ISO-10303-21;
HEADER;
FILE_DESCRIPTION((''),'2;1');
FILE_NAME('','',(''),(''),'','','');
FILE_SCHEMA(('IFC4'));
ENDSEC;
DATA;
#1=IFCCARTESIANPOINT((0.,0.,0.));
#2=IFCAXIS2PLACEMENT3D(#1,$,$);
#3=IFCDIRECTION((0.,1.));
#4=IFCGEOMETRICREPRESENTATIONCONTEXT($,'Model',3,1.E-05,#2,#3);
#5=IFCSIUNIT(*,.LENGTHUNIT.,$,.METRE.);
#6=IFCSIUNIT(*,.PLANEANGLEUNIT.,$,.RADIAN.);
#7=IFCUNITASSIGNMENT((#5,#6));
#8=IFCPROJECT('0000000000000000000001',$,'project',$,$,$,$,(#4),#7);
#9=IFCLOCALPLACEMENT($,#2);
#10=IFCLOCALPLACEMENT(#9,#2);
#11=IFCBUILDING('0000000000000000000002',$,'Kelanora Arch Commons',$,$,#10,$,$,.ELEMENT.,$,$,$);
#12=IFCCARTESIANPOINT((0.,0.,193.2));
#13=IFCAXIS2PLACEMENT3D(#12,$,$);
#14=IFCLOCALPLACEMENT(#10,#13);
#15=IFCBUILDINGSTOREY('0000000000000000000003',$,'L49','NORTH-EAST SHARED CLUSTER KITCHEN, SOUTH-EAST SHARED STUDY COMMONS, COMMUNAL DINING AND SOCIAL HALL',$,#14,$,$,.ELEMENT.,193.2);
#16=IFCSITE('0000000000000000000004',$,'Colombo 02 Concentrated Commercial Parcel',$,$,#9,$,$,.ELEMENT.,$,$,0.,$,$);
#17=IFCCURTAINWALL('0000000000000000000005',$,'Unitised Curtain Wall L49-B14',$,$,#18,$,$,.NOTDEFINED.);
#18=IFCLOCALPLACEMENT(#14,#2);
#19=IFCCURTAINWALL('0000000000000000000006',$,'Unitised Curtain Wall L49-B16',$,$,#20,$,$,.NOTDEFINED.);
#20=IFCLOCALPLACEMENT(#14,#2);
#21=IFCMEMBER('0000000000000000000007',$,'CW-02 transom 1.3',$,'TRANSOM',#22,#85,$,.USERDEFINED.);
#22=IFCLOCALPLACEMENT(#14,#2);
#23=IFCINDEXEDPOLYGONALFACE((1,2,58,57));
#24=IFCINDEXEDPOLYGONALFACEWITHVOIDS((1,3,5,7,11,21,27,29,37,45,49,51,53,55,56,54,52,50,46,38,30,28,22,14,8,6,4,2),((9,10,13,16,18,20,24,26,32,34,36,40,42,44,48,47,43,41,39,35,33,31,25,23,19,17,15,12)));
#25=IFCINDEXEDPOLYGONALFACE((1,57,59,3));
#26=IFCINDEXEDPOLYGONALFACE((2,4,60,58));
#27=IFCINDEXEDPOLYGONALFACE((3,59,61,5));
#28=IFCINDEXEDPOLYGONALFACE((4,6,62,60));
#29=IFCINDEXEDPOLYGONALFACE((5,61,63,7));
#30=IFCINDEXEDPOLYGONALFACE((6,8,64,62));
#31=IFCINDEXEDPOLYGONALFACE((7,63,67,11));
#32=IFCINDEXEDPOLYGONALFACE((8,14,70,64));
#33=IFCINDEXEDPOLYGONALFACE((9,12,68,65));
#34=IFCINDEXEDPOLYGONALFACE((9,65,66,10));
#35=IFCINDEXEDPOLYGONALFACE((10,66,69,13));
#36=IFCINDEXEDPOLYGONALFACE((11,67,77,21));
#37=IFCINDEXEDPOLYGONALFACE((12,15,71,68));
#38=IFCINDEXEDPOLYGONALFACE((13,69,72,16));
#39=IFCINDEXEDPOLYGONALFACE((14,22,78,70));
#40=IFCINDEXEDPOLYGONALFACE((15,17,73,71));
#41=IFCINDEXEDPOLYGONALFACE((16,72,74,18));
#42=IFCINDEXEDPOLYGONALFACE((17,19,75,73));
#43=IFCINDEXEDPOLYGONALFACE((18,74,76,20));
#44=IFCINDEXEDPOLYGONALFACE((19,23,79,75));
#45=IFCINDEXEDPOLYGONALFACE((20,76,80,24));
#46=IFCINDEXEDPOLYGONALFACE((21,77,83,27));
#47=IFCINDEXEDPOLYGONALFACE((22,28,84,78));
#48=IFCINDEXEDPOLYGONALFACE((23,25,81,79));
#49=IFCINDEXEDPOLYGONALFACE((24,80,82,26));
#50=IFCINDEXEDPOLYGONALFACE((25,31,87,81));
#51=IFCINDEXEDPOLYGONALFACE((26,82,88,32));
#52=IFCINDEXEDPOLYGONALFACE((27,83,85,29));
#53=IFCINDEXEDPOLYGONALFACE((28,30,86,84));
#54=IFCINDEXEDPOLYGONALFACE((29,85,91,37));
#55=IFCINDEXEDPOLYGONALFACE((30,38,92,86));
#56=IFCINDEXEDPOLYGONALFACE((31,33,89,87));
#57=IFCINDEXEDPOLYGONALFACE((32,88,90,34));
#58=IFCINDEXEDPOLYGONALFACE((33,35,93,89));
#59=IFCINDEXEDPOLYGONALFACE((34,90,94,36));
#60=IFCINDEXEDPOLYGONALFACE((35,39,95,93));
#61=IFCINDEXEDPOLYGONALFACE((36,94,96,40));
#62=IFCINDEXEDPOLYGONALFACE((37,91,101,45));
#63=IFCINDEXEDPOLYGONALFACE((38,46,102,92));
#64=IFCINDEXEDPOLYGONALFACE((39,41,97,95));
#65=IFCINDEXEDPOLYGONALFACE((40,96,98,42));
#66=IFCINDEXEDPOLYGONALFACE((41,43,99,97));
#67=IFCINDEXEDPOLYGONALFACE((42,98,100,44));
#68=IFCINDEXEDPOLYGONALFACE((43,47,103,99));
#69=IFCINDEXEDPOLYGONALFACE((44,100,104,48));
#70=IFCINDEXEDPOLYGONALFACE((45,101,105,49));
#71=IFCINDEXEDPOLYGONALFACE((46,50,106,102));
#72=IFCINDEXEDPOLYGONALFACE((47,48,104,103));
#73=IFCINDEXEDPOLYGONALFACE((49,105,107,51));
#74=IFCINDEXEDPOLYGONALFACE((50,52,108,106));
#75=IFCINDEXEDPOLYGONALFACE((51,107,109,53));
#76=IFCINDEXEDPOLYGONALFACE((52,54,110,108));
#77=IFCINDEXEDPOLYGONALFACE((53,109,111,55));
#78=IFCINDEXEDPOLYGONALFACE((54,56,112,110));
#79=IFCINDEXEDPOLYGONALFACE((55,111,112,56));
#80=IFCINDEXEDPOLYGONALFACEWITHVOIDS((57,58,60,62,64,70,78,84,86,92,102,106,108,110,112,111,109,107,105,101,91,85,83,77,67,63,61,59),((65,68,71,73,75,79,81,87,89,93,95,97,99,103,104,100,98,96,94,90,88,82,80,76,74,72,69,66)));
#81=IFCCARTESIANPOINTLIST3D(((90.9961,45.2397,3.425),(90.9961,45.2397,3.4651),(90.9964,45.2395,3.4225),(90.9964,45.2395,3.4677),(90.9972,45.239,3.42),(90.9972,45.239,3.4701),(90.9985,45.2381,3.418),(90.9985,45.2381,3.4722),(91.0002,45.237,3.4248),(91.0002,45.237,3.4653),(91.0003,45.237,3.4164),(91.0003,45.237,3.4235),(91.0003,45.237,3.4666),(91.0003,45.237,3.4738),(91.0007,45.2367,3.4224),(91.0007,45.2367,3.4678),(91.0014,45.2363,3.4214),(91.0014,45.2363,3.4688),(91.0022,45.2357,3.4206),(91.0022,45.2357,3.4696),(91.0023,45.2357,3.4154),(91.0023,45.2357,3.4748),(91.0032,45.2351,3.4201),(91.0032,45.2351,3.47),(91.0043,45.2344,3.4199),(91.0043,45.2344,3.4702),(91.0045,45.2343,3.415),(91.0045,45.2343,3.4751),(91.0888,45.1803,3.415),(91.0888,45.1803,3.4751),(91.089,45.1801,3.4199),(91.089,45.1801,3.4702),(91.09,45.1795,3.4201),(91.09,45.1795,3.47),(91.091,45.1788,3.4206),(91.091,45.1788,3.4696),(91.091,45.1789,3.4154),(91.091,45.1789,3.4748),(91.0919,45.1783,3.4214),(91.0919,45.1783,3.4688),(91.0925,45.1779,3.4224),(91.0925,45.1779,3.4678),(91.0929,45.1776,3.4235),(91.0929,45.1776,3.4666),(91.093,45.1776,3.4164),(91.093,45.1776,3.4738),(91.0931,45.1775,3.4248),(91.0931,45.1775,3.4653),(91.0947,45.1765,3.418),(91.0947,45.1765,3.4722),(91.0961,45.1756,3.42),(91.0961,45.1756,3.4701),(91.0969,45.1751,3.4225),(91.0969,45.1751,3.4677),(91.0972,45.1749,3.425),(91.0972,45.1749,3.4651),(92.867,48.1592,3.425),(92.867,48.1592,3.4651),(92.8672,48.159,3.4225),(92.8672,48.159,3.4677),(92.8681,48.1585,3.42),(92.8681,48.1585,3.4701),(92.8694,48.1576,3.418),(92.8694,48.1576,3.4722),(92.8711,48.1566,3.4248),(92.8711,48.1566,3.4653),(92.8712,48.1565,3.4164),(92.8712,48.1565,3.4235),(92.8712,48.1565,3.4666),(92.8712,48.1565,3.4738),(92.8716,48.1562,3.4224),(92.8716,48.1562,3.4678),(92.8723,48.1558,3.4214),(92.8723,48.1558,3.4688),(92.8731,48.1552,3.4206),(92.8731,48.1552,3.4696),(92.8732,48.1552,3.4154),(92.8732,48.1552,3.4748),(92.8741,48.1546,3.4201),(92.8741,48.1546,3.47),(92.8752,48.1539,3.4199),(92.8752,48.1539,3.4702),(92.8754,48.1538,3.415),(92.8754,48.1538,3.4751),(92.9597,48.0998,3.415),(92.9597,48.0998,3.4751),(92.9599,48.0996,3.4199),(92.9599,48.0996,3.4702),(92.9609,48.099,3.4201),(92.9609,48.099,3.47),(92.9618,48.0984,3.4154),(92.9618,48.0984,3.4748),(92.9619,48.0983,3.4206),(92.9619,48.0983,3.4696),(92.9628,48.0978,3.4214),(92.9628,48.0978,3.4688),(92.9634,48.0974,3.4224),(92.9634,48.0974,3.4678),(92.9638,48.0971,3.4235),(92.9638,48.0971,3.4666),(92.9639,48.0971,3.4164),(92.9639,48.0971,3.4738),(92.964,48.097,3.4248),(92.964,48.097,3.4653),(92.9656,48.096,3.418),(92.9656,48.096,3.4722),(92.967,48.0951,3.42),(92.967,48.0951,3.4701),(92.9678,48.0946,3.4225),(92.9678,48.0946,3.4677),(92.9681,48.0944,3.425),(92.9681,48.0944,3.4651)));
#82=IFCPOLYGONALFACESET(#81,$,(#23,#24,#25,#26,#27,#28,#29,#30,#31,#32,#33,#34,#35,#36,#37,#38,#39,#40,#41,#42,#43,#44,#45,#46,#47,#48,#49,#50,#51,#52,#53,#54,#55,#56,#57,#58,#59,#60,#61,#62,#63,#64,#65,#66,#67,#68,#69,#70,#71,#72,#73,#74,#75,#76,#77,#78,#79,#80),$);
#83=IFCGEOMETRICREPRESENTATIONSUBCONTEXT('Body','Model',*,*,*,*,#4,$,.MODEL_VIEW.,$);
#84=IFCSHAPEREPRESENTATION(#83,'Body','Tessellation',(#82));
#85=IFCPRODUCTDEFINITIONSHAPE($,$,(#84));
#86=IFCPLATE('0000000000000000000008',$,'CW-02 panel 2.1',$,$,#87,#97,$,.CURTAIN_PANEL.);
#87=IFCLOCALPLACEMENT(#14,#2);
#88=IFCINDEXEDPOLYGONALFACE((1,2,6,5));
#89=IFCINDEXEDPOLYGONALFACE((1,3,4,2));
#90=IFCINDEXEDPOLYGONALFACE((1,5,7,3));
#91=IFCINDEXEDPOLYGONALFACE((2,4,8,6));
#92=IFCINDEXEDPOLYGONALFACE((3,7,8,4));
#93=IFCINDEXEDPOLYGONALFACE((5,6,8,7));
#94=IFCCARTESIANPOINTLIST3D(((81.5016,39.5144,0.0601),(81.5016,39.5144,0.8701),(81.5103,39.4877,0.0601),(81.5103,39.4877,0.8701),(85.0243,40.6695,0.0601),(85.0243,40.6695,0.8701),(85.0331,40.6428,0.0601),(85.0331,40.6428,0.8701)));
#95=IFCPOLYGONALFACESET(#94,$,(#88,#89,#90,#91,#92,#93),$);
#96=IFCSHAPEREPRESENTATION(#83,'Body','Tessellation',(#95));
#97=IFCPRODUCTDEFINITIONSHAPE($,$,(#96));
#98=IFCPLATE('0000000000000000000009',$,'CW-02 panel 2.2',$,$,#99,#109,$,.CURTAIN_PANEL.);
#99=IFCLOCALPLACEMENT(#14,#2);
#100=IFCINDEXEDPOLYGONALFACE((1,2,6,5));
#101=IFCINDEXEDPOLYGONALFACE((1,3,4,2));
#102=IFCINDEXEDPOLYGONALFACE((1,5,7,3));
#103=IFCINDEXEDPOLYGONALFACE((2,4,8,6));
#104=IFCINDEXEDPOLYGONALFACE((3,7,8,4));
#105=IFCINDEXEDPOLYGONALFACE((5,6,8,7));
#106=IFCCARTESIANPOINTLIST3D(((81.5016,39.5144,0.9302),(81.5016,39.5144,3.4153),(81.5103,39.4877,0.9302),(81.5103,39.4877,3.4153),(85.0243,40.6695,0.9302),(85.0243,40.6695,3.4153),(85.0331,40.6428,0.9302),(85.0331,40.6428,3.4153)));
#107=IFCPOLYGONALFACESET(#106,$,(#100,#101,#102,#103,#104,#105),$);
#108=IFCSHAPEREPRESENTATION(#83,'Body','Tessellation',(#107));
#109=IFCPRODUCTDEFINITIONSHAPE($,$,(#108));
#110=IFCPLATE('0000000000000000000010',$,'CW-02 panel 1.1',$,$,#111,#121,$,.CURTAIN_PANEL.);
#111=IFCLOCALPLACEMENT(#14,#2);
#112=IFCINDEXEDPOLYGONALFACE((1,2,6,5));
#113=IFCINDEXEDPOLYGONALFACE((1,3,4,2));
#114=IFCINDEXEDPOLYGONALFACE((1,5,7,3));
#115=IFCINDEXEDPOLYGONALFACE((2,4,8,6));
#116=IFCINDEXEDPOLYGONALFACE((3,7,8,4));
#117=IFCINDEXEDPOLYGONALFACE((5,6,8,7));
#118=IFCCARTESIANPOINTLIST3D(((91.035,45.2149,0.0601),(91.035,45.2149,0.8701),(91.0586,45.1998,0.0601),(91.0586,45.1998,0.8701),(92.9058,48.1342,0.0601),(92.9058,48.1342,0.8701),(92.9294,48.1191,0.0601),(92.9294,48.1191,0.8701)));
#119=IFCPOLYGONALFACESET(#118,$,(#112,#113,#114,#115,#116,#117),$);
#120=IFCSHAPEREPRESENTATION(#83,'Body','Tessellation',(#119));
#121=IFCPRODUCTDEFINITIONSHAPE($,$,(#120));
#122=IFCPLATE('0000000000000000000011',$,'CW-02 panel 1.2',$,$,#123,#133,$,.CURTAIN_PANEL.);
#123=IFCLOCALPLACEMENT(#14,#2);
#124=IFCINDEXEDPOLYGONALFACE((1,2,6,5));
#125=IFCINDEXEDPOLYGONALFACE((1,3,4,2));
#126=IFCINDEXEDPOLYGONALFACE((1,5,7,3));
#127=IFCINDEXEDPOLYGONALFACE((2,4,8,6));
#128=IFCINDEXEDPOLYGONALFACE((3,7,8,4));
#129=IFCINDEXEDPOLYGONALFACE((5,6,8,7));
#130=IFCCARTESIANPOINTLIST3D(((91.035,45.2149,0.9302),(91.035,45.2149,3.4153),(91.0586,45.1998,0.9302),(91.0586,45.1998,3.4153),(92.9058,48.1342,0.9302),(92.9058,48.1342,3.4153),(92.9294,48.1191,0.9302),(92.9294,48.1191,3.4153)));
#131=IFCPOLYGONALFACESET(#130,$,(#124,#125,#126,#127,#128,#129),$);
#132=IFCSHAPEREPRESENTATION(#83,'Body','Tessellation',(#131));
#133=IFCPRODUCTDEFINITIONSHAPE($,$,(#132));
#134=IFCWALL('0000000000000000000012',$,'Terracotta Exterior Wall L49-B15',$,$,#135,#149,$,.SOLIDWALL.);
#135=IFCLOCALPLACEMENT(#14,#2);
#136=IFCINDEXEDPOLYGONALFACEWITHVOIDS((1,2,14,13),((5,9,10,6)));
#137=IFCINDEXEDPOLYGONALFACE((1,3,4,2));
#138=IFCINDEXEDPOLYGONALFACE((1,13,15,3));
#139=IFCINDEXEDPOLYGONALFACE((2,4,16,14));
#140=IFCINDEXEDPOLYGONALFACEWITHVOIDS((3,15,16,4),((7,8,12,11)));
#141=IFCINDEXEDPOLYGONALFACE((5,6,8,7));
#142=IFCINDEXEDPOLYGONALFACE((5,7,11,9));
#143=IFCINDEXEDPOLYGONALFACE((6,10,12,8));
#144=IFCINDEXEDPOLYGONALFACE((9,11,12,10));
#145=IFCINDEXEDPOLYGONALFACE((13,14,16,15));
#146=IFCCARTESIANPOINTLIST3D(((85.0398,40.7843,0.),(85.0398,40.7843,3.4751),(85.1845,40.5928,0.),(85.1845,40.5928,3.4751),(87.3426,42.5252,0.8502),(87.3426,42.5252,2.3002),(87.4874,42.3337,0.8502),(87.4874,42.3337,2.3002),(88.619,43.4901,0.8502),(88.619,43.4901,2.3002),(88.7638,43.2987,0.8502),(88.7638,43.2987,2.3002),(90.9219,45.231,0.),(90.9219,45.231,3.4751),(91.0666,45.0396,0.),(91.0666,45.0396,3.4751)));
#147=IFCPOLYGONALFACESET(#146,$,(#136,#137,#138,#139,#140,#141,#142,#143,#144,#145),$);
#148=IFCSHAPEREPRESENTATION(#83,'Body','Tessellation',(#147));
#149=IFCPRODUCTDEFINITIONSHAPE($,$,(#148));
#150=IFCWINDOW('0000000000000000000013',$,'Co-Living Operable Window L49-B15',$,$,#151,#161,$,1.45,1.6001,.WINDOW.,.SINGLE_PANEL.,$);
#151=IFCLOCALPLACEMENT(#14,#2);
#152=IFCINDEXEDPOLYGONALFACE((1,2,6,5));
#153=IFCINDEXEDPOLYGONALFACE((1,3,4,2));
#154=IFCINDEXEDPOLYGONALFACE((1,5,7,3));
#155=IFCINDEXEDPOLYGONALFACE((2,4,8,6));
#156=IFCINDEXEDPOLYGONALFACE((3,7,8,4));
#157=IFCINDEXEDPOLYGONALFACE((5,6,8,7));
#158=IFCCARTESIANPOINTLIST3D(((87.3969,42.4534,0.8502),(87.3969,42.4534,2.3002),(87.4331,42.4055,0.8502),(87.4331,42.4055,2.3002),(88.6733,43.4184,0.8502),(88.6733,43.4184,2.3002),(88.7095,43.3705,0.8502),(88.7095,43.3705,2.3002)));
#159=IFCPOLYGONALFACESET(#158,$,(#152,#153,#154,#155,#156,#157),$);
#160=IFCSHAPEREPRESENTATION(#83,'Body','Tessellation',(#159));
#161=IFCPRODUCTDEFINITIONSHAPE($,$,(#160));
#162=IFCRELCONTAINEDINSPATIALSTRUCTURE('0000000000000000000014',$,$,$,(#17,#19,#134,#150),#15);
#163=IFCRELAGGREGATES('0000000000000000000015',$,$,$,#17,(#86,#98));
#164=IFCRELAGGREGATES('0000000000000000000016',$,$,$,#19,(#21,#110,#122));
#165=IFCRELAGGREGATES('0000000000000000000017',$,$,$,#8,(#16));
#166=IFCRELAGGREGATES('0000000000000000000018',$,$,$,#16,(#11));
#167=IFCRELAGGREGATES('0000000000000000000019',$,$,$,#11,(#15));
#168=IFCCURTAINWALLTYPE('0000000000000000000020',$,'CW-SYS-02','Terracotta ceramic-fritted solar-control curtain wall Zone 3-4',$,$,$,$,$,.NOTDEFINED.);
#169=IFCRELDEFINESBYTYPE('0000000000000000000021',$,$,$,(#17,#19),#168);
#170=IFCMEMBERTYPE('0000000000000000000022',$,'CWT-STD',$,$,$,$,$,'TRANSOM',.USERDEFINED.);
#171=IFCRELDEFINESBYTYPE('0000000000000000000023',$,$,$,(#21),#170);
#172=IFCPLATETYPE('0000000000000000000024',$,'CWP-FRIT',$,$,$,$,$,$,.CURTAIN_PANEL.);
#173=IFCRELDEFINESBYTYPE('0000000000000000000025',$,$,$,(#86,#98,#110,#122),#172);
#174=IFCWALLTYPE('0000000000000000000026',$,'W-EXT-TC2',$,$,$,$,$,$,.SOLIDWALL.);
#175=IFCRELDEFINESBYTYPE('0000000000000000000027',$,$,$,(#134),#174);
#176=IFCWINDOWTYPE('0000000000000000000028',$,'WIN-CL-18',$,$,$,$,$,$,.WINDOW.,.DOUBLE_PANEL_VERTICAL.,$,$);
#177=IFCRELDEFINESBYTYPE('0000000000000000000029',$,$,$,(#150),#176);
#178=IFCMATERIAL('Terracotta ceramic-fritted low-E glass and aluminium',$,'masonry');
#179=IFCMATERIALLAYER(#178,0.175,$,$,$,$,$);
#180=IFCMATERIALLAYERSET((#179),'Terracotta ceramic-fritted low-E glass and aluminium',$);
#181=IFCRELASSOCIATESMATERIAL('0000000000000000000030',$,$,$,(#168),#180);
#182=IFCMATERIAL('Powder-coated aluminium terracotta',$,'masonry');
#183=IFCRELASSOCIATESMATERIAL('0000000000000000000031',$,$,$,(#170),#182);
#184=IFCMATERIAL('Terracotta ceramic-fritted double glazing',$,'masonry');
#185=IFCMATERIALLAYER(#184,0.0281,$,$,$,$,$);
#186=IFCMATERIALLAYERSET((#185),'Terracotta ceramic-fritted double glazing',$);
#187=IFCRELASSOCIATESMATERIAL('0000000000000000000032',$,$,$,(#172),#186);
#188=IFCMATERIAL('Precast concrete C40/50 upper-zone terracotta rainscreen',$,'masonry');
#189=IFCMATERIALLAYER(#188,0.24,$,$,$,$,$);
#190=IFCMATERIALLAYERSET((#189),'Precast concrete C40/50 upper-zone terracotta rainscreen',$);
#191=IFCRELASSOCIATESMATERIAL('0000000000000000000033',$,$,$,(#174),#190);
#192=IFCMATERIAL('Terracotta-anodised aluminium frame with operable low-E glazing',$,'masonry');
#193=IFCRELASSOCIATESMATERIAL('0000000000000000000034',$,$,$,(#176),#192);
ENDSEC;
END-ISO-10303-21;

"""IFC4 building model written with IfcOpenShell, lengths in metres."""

from ifc_helpers import new_model, si_unit, direction, frame, frame_2d, origin, origin_2d, place, context, subcontext, project, spatial, rectangle, hollow_rectangle, extrude, source, transform, mapped, material, layer, layer_set, material_profile, profile_set, type_object, element, fill, aggregate, save


model = new_model("IFC4")

# Units and contexts
model_context = context("Model", 3, precision=1e-05, world=origin(), true_north=direction((0.0, 1.0)))
body_context = subcontext(model_context, "Body", "Model", "MODEL_VIEW")
ifc_project = project(units=[si_unit("LENGTHUNIT", "METRE"), si_unit("PLANEANGLEUNIT", "RADIAN")], contexts=[model_context])

# Site, building, storey
site_placement = place(None, origin())
site = spatial("IfcSite", under=ifc_project, at=site_placement, Name="Colombo 02 Concentrated Commercial Parcel", CompositionType="ELEMENT", RefElevation=0.0)
building_placement = place(site_placement, origin())
building = spatial("IfcBuilding", under=site, at=building_placement, Name="Kelanora Arch Commons", CompositionType="ELEMENT")
storey_placement = place(building_placement, frame((0.0, 0.0, 193.2)))
storey = spatial("IfcBuildingStorey", under=building, at=storey_placement, Name="L49", Description="NORTH-EAST SHARED CLUSTER KITCHEN, SOUTH-EAST SHARED STUDY COMMONS, COMMUNAL DINING AND SOCIAL HALL", CompositionType="ELEMENT", Elevation=193.2)

# Curtain wall
ifc_material_1 = material(Name="Terracotta ceramic-fritted low-E glass and aluminium", Category="masonry")
ifc_layer_1 = layer(ifc_material_1, 0.175)
ifc_layer_set_1 = layer_set([ifc_layer_1], Name="Terracotta ceramic-fritted low-E glass and aluminium")
curtain_wall_type = type_object("IfcCurtainWallType", Name="CW-SYS-02", Description="Terracotta ceramic-fritted solar-control curtain wall Zone 3-4", PredefinedType="NOTDEFINED", material=ifc_layer_set_1)
curtain_wall_1_placement = place(storey_placement, origin())
curtain_wall_1 = element("IfcCurtainWall", 1, at=curtain_wall_1_placement, inside=storey, type_object=curtain_wall_type, Name="Unitised Curtain Wall L49-B14", PredefinedType="NOTDEFINED")
ifc_material_2 = material(Name="Powder-coated aluminium terracotta", Category="masonry")

# Curtain wall, member
curtain_wall_2_placement = place(storey_placement, origin())
curtain_wall_2 = element("IfcCurtainWall", 2, at=curtain_wall_2_placement, inside=storey, type_object=curtain_wall_type, Name="Unitised Curtain Wall L49-B16", PredefinedType="NOTDEFINED")
ifc_material_profile_1 = material_profile(ifc_material_2, hollow_rectangle(XDim=0.1201, YDim=0.0601, WallThickness=0.0049, InnerFilletRadius=0.0049, OuterFilletRadius=0.01, at=origin_2d()), Name="CWT120x60")
ifc_profile_set_1 = profile_set([ifc_material_profile_1], Name="Powder-coated aluminium terracotta")
member_type_1 = type_object("IfcMemberType", Name="CWT-STD", ElementType="TRANSOM", PredefinedType="USERDEFINED", material=ifc_profile_set_1)
member_1_placement = place(storey_placement, frame((91.0466, 45.2073, 3.4451), z_axis=(0.539547, 0.841955, 0.0), x_axis=(-0.841955, 0.539547, 0.0)))
member_1 = element("IfcMember", 3, at=member_1_placement, type_object=member_type_1, Name="CW-02 transom 1.3", ObjectType="TRANSOM", PredefinedType="USERDEFINED", context=body_context, shape_type="SweptSolid", body=[
    extrude(hollow_rectangle(XDim=0.1201, YDim=0.0601, WallThickness=0.0049, InnerFilletRadius=0.0049, OuterFilletRadius=0.01, at=origin_2d()), origin(), (0.0, 0.0, 1.0), 3.4675),
])

# Plates
ifc_material_3 = material(Name="Terracotta ceramic-fritted double glazing", Category="masonry")
ifc_layer_2 = layer(ifc_material_3, 0.0281)
ifc_layer_set_2 = layer_set([ifc_layer_2], Name="Terracotta ceramic-fritted double glazing")
plate_type = type_object("IfcPlateType", Name="CWP-FRIT", PredefinedType="CURTAIN_PANEL", material=ifc_layer_set_2)
shared_shape_1 = source(origin(), body_context, "Body", "SweptSolid", [
    extrude(rectangle(XDim=3.7073, YDim=0.0281, at=origin_2d()), origin(), (0.0, 0.0, 1.0), 0.8101),
])
plate_1_placement = place(storey_placement, frame((83.2673, 40.0786, 0.0601), z_axis=(0.0, 0.0, 1.0), x_axis=(0.950219, 0.311582, 0.0)))
plate_1 = element("IfcPlate", 4, at=plate_1_placement, type_object=plate_type, Name="CW-02 panel 2.1", PredefinedType="CURTAIN_PANEL", context=body_context, shape_type="MappedRepresentation", body=[
    mapped(shared_shape_1, transform((0.0, 0.0, 0.0), scale=1.0)),
])
shared_shape_2 = source(origin(), body_context, "Body", "SweptSolid", [
    extrude(rectangle(XDim=3.7073, YDim=0.0281, at=origin_2d()), origin(), (0.0, 0.0, 1.0), 2.4851),
])
plate_2_placement = place(storey_placement, frame((83.2673, 40.0786, 0.9302), z_axis=(0.0, 0.0, 1.0), x_axis=(0.950219, 0.311582, 0.0)))
plate_2 = element("IfcPlate", 5, at=plate_2_placement, type_object=plate_type, Name="CW-02 panel 2.2", PredefinedType="CURTAIN_PANEL", context=body_context, shape_type="MappedRepresentation", body=[
    mapped(shared_shape_2, transform((0.0, 0.0, 0.0), scale=1.0)),
])
aggregate(curtain_wall_1, [plate_1, plate_2])
shared_shape_3 = source(origin(), body_context, "Body", "SweptSolid", [
    extrude(rectangle(XDim=3.4673, YDim=0.0281, at=origin_2d()), origin(), (0.0, 0.0, 1.0), 0.8101),
])
plate_3_placement = place(storey_placement, frame((91.9822, 46.667, 0.0601), z_axis=(0.0, 0.0, 1.0), x_axis=(0.539559, 0.841948, 0.0)))
plate_3 = element("IfcPlate", 6, at=plate_3_placement, type_object=plate_type, Name="CW-02 panel 1.1", PredefinedType="CURTAIN_PANEL", context=body_context, shape_type="MappedRepresentation", body=[
    mapped(shared_shape_3, transform((0.0, 0.0, 0.0), scale=1.0)),
])
shared_shape_4 = source(origin(), body_context, "Body", "SweptSolid", [
    extrude(rectangle(XDim=3.4673, YDim=0.0281, at=origin_2d()), origin(), (0.0, 0.0, 1.0), 2.4851),
])
plate_4_placement = place(storey_placement, frame((91.9822, 46.667, 0.9302), z_axis=(0.0, 0.0, 1.0), x_axis=(0.539559, 0.841948, 0.0)))
plate_4 = element("IfcPlate", 7, at=plate_4_placement, type_object=plate_type, Name="CW-02 panel 1.2", PredefinedType="CURTAIN_PANEL", context=body_context, shape_type="MappedRepresentation", body=[
    mapped(shared_shape_4, transform((0.0, 0.0, 0.0), scale=1.0)),
])
aggregate(curtain_wall_2, [member_1, plate_3, plate_4])

# Wall, opening, window
ifc_material_4 = material(Name="Precast concrete C40/50 upper-zone terracotta rainscreen", Category="masonry")
ifc_layer_3 = layer(ifc_material_4, 0.24)
ifc_layer_set_3 = layer_set([ifc_layer_3], Name="Precast concrete C40/50 upper-zone terracotta rainscreen")
wall_type = type_object("IfcWallType", Name="W-EXT-TC2", PredefinedType="SOLIDWALL", material=ifc_layer_set_3)
wall_placement = place(storey_placement, frame((85.1121, 40.6885, 0.0), z_axis=(0.0, 0.0, 1.0), x_axis=(0.797702, 0.603052, 0.0)))
wall = element("IfcWall", 8, at=wall_placement, inside=storey, type_object=wall_type, Name="Terracotta Exterior Wall L49-B15", PredefinedType="SOLIDWALL", context=body_context, shape_type="SweptSolid", body=[
    extrude(rectangle(XDim=7.3738, YDim=0.24, at=frame_2d((3.687, 0.0))), origin(), (0.0, 0.0, 1.0), 3.4751),
])
opening_placement = place(wall_placement, frame((2.887, 0.0, 0.8501)))
opening = element("IfcOpeningElement", 9, at=opening_placement, cuts=wall, PredefinedType="OPENING", context=body_context, shape_type="SweptSolid", body=[
    extrude(rectangle(XDim=1.6001, YDim=1.45, at=frame_2d((0.8, 0.7251))), frame((0.0, 0.1299, 0.0), z_axis=(0.0, -1.0, 0.0), x_axis=(1.0, 0.0, 0.0)), (0.0, 0.0, 1.0), 0.26),
])
ifc_material_5 = material(Name="Terracotta-anodised aluminium frame with operable low-E glazing", Category="masonry")
window_type = type_object("IfcWindowType", Name="WIN-CL-18", PartitioningType="DOUBLE_PANEL_VERTICAL", PredefinedType="WINDOW", material=ifc_material_5)
window_placement = place(opening_placement, origin())
window = element("IfcWindow", 10, at=window_placement, inside=storey, type_object=window_type, Name="Co-Living Operable Window L49-B15", OverallHeight=1.45, OverallWidth=1.6001, PartitioningType="SINGLE_PANEL", PredefinedType="WINDOW", context=body_context, shape_type="SweptSolid", body=[
    extrude(rectangle(XDim=1.6001, YDim=1.45, at=frame_2d((0.8, 0.7251))), frame((0.0, 0.03, 0.0), z_axis=(0.0, -1.0, 0.0), x_axis=(1.0, 0.0, 0.0)), (0.0, 0.0, 1.0), 0.0601),
])
fill(opening, window)

save(model, "model.ifc")
